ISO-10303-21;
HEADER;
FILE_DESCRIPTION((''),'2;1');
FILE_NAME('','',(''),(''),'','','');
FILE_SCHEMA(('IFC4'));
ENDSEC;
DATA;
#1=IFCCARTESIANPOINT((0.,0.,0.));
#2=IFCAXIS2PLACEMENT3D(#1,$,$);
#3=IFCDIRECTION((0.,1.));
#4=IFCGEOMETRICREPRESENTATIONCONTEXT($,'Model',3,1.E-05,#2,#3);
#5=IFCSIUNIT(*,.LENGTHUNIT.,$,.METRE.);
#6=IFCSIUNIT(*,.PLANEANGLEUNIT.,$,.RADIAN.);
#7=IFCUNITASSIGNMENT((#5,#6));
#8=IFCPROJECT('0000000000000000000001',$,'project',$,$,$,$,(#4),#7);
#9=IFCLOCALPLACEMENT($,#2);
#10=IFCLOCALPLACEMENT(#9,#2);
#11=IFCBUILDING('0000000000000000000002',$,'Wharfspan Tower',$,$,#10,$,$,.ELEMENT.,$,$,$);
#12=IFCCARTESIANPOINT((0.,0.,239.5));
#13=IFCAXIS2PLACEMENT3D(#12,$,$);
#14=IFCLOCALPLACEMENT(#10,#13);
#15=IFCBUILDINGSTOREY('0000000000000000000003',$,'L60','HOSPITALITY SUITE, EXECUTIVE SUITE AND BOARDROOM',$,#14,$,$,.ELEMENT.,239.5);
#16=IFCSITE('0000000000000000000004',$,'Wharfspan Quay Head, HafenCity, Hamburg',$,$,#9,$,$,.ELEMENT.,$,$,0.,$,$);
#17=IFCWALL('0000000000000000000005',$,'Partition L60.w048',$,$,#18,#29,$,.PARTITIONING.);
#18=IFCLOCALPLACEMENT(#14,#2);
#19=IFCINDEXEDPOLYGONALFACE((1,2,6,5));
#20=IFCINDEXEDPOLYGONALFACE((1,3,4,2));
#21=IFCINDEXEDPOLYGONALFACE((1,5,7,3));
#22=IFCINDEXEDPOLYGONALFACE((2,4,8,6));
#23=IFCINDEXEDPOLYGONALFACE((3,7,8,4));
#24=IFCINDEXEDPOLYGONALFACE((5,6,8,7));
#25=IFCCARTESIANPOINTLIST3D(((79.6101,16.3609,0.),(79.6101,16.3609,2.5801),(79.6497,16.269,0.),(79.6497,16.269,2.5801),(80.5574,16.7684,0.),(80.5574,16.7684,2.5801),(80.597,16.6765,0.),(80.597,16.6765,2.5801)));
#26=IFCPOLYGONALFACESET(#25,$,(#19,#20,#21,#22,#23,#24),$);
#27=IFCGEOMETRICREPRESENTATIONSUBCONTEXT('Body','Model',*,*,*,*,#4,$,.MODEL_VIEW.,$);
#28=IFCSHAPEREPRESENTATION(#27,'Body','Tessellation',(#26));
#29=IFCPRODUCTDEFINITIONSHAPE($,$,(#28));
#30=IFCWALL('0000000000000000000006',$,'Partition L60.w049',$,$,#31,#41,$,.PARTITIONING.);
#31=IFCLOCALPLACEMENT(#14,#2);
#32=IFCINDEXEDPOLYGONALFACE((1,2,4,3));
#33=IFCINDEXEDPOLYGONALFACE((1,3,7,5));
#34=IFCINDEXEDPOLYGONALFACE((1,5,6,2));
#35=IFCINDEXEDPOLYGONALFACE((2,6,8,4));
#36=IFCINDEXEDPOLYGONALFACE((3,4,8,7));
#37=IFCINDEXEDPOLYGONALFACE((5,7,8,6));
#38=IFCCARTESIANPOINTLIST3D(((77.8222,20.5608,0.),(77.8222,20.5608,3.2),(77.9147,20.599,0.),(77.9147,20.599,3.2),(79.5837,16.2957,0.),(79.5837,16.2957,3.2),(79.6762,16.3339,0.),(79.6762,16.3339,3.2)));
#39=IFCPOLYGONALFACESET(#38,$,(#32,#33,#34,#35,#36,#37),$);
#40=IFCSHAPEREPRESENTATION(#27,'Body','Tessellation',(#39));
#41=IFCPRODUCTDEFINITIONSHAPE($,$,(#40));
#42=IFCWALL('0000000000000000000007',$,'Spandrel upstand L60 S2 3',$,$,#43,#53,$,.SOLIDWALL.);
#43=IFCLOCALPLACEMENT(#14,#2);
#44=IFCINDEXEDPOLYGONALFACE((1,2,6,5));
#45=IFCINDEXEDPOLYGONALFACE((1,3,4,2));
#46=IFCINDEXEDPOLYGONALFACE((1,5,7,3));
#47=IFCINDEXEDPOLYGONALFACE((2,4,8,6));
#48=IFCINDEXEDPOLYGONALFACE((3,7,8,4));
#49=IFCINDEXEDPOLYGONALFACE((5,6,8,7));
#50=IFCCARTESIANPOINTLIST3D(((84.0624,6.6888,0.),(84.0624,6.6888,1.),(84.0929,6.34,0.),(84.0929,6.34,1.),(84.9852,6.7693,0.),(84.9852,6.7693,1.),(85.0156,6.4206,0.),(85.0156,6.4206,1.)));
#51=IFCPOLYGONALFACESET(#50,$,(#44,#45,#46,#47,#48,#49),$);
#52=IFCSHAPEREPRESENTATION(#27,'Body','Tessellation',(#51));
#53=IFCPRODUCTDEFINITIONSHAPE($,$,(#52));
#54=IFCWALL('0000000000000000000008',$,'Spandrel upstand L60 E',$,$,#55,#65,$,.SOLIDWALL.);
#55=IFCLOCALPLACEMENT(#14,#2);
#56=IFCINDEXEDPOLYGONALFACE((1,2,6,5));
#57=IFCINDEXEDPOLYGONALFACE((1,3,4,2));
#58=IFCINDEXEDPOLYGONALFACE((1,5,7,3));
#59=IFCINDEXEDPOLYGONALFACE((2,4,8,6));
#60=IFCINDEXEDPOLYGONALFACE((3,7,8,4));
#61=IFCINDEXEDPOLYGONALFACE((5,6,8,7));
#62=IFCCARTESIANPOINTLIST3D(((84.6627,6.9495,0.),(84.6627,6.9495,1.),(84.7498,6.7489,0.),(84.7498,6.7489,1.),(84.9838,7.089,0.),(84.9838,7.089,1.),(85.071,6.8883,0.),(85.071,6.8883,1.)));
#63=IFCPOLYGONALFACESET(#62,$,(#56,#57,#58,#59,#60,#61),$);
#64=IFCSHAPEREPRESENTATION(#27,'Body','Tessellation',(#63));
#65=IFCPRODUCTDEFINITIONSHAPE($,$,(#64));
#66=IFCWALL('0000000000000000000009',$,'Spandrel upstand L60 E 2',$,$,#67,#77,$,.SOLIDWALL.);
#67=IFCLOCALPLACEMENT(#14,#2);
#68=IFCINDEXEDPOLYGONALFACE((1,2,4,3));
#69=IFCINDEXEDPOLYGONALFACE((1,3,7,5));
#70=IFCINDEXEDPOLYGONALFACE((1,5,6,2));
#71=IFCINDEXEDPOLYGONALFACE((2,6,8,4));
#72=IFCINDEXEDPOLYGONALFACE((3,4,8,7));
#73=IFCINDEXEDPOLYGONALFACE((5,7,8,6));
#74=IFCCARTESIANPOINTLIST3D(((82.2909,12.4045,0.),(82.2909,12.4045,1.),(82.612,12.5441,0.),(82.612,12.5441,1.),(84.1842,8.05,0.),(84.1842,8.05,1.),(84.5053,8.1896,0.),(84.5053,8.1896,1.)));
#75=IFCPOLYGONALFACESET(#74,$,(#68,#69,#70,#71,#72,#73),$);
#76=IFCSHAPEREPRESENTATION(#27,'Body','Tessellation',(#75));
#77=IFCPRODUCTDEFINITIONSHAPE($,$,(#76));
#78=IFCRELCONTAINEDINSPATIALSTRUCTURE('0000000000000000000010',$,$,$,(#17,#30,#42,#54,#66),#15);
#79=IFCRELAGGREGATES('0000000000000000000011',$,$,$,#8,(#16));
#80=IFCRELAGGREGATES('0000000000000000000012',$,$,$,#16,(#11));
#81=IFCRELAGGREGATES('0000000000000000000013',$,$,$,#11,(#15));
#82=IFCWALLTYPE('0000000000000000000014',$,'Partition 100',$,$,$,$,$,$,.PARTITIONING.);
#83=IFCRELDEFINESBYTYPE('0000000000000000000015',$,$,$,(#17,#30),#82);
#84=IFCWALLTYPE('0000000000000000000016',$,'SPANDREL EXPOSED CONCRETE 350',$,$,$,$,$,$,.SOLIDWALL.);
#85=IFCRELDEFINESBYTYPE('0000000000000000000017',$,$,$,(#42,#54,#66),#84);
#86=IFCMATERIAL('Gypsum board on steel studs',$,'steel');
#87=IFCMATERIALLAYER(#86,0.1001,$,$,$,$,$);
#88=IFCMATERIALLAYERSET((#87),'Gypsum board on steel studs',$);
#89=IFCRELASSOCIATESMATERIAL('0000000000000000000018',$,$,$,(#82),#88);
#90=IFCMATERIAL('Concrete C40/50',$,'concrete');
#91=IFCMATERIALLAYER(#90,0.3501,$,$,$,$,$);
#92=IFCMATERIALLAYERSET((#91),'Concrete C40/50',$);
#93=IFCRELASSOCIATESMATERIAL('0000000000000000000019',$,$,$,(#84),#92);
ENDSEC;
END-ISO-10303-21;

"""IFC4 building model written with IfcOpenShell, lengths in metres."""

from ifc_helpers import new_model, si_unit, direction, frame, frame_2d, origin, place, context, subcontext, project, spatial, rectangle, extrude, material, layer, layer_set, type_object, element, save


model = new_model("IFC4")

# Units and contexts
model_context = context("Model", 3, precision=1e-05, world=origin(), true_north=direction((0.0, 1.0)))
body_context = subcontext(model_context, "Body", "Model", "MODEL_VIEW")
ifc_project = project(units=[si_unit("LENGTHUNIT", "METRE"), si_unit("PLANEANGLEUNIT", "RADIAN")], contexts=[model_context])

# Site, building, storey
site_placement = place(None, origin())
site = spatial("IfcSite", under=ifc_project, at=site_placement, Name="Wharfspan Quay Head, HafenCity, Hamburg", CompositionType="ELEMENT", RefElevation=0.0)
building_placement = place(site_placement, origin())
building = spatial("IfcBuilding", under=site, at=building_placement, Name="Wharfspan Tower", CompositionType="ELEMENT")
storey_placement = place(building_placement, frame((0.0, 0.0, 239.5)))
storey = spatial("IfcBuildingStorey", under=building, at=storey_placement, Name="L60", Description="HOSPITALITY SUITE, EXECUTIVE SUITE AND BOARDROOM", CompositionType="ELEMENT", Elevation=239.5)

# Walls
ifc_material_1 = material(Name="Gypsum board on steel studs", Category="steel")
ifc_layer_1 = layer(ifc_material_1, 0.1001)
ifc_layer_set_1 = layer_set([ifc_layer_1], Name="Gypsum board on steel studs")
wall_type_1 = type_object("IfcWallType", Name="Partition 100", PredefinedType="PARTITIONING", material=ifc_layer_set_1)
wall_1_placement = place(storey_placement, frame((79.6299, 16.3149, 0.0), z_axis=(0.0, 0.0, 1.0), x_axis=(0.918616, 0.395147, 0.0)))
element("IfcWall", 1, at=wall_1_placement, inside=storey, type_object=wall_type_1, Name="Partition L60.w048", PredefinedType="PARTITIONING", context=body_context, shape_type="SweptSolid", body=[
    extrude(rectangle(XDim=1.0312, YDim=0.1001, at=frame_2d((0.5156, 0.0))), origin(), (0.0, 0.0, 1.0), 2.5801),
])
wall_2_placement = place(storey_placement, frame((79.6299, 16.3149, 0.0), z_axis=(0.0, 0.0, 1.0), x_axis=(-0.381721, 0.924278, 0.0)))
element("IfcWall", 2, at=wall_2_placement, inside=storey, type_object=wall_type_1, Name="Partition L60.w049", PredefinedType="PARTITIONING", context=body_context, shape_type="SweptSolid", body=[
    extrude(rectangle(XDim=4.6145, YDim=0.1001, at=frame_2d((2.3071, 0.0))), origin(), (0.0, 0.0, 1.0), 3.2),
])
ifc_material_2 = material(Name="Concrete C40/50", Category="concrete")
ifc_layer_2 = layer(ifc_material_2, 0.3501)
ifc_layer_set_2 = layer_set([ifc_layer_2], Name="Concrete C40/50")
wall_type_2 = type_object("IfcWallType", Name="SPANDREL EXPOSED CONCRETE 350", PredefinedType="SOLIDWALL", material=ifc_layer_set_2)
wall_3_placement = place(storey_placement, frame((84.0776, 6.5144, 0.0), z_axis=(0.0, 0.0, 1.0), x_axis=(0.996213, 0.086971, 0.0)))
element("IfcWall", 3, at=wall_3_placement, inside=storey, type_object=wall_type_2, Name="Spandrel upstand L60 S2 3", PredefinedType="SOLIDWALL", context=body_context, shape_type="SweptSolid", body=[
    extrude(rectangle(XDim=0.9263, YDim=0.3501, at=frame_2d((0.4631, 0.0))), origin(), (0.0, 0.0, 1.0), 1.0),
])
wall_4_placement = place(storey_placement, frame((84.9104, 6.8186, 0.0), z_axis=(0.0, 0.0, 1.0), x_axis=(-0.398359, 0.91723, 0.0)))
element("IfcWall", 4, at=wall_4_placement, inside=storey, type_object=wall_type_2, Name="Spandrel upstand L60 E", PredefinedType="SOLIDWALL", context=body_context, shape_type="SweptSolid", body=[
    extrude(rectangle(XDim=0.2188, YDim=0.3501, at=frame_2d((0.1094, 0.0))), origin(), (0.0, 0.0, 1.0), 1.0),
])
wall_5_placement = place(storey_placement, frame((84.3447, 8.1199, 0.0), z_axis=(0.0, 0.0, 1.0), x_axis=(-0.398736, 0.917067, 0.0)))
element("IfcWall", 5, at=wall_5_placement, inside=storey, type_object=wall_type_2, Name="Spandrel upstand L60 E 2", PredefinedType="SOLIDWALL", context=body_context, shape_type="SweptSolid", body=[
    extrude(rectangle(XDim=4.7483, YDim=0.3501, at=frame_2d((2.374, 0.0))), origin(), (0.0, 0.0, 1.0), 1.0),
])

save(model, "model.ifc")
